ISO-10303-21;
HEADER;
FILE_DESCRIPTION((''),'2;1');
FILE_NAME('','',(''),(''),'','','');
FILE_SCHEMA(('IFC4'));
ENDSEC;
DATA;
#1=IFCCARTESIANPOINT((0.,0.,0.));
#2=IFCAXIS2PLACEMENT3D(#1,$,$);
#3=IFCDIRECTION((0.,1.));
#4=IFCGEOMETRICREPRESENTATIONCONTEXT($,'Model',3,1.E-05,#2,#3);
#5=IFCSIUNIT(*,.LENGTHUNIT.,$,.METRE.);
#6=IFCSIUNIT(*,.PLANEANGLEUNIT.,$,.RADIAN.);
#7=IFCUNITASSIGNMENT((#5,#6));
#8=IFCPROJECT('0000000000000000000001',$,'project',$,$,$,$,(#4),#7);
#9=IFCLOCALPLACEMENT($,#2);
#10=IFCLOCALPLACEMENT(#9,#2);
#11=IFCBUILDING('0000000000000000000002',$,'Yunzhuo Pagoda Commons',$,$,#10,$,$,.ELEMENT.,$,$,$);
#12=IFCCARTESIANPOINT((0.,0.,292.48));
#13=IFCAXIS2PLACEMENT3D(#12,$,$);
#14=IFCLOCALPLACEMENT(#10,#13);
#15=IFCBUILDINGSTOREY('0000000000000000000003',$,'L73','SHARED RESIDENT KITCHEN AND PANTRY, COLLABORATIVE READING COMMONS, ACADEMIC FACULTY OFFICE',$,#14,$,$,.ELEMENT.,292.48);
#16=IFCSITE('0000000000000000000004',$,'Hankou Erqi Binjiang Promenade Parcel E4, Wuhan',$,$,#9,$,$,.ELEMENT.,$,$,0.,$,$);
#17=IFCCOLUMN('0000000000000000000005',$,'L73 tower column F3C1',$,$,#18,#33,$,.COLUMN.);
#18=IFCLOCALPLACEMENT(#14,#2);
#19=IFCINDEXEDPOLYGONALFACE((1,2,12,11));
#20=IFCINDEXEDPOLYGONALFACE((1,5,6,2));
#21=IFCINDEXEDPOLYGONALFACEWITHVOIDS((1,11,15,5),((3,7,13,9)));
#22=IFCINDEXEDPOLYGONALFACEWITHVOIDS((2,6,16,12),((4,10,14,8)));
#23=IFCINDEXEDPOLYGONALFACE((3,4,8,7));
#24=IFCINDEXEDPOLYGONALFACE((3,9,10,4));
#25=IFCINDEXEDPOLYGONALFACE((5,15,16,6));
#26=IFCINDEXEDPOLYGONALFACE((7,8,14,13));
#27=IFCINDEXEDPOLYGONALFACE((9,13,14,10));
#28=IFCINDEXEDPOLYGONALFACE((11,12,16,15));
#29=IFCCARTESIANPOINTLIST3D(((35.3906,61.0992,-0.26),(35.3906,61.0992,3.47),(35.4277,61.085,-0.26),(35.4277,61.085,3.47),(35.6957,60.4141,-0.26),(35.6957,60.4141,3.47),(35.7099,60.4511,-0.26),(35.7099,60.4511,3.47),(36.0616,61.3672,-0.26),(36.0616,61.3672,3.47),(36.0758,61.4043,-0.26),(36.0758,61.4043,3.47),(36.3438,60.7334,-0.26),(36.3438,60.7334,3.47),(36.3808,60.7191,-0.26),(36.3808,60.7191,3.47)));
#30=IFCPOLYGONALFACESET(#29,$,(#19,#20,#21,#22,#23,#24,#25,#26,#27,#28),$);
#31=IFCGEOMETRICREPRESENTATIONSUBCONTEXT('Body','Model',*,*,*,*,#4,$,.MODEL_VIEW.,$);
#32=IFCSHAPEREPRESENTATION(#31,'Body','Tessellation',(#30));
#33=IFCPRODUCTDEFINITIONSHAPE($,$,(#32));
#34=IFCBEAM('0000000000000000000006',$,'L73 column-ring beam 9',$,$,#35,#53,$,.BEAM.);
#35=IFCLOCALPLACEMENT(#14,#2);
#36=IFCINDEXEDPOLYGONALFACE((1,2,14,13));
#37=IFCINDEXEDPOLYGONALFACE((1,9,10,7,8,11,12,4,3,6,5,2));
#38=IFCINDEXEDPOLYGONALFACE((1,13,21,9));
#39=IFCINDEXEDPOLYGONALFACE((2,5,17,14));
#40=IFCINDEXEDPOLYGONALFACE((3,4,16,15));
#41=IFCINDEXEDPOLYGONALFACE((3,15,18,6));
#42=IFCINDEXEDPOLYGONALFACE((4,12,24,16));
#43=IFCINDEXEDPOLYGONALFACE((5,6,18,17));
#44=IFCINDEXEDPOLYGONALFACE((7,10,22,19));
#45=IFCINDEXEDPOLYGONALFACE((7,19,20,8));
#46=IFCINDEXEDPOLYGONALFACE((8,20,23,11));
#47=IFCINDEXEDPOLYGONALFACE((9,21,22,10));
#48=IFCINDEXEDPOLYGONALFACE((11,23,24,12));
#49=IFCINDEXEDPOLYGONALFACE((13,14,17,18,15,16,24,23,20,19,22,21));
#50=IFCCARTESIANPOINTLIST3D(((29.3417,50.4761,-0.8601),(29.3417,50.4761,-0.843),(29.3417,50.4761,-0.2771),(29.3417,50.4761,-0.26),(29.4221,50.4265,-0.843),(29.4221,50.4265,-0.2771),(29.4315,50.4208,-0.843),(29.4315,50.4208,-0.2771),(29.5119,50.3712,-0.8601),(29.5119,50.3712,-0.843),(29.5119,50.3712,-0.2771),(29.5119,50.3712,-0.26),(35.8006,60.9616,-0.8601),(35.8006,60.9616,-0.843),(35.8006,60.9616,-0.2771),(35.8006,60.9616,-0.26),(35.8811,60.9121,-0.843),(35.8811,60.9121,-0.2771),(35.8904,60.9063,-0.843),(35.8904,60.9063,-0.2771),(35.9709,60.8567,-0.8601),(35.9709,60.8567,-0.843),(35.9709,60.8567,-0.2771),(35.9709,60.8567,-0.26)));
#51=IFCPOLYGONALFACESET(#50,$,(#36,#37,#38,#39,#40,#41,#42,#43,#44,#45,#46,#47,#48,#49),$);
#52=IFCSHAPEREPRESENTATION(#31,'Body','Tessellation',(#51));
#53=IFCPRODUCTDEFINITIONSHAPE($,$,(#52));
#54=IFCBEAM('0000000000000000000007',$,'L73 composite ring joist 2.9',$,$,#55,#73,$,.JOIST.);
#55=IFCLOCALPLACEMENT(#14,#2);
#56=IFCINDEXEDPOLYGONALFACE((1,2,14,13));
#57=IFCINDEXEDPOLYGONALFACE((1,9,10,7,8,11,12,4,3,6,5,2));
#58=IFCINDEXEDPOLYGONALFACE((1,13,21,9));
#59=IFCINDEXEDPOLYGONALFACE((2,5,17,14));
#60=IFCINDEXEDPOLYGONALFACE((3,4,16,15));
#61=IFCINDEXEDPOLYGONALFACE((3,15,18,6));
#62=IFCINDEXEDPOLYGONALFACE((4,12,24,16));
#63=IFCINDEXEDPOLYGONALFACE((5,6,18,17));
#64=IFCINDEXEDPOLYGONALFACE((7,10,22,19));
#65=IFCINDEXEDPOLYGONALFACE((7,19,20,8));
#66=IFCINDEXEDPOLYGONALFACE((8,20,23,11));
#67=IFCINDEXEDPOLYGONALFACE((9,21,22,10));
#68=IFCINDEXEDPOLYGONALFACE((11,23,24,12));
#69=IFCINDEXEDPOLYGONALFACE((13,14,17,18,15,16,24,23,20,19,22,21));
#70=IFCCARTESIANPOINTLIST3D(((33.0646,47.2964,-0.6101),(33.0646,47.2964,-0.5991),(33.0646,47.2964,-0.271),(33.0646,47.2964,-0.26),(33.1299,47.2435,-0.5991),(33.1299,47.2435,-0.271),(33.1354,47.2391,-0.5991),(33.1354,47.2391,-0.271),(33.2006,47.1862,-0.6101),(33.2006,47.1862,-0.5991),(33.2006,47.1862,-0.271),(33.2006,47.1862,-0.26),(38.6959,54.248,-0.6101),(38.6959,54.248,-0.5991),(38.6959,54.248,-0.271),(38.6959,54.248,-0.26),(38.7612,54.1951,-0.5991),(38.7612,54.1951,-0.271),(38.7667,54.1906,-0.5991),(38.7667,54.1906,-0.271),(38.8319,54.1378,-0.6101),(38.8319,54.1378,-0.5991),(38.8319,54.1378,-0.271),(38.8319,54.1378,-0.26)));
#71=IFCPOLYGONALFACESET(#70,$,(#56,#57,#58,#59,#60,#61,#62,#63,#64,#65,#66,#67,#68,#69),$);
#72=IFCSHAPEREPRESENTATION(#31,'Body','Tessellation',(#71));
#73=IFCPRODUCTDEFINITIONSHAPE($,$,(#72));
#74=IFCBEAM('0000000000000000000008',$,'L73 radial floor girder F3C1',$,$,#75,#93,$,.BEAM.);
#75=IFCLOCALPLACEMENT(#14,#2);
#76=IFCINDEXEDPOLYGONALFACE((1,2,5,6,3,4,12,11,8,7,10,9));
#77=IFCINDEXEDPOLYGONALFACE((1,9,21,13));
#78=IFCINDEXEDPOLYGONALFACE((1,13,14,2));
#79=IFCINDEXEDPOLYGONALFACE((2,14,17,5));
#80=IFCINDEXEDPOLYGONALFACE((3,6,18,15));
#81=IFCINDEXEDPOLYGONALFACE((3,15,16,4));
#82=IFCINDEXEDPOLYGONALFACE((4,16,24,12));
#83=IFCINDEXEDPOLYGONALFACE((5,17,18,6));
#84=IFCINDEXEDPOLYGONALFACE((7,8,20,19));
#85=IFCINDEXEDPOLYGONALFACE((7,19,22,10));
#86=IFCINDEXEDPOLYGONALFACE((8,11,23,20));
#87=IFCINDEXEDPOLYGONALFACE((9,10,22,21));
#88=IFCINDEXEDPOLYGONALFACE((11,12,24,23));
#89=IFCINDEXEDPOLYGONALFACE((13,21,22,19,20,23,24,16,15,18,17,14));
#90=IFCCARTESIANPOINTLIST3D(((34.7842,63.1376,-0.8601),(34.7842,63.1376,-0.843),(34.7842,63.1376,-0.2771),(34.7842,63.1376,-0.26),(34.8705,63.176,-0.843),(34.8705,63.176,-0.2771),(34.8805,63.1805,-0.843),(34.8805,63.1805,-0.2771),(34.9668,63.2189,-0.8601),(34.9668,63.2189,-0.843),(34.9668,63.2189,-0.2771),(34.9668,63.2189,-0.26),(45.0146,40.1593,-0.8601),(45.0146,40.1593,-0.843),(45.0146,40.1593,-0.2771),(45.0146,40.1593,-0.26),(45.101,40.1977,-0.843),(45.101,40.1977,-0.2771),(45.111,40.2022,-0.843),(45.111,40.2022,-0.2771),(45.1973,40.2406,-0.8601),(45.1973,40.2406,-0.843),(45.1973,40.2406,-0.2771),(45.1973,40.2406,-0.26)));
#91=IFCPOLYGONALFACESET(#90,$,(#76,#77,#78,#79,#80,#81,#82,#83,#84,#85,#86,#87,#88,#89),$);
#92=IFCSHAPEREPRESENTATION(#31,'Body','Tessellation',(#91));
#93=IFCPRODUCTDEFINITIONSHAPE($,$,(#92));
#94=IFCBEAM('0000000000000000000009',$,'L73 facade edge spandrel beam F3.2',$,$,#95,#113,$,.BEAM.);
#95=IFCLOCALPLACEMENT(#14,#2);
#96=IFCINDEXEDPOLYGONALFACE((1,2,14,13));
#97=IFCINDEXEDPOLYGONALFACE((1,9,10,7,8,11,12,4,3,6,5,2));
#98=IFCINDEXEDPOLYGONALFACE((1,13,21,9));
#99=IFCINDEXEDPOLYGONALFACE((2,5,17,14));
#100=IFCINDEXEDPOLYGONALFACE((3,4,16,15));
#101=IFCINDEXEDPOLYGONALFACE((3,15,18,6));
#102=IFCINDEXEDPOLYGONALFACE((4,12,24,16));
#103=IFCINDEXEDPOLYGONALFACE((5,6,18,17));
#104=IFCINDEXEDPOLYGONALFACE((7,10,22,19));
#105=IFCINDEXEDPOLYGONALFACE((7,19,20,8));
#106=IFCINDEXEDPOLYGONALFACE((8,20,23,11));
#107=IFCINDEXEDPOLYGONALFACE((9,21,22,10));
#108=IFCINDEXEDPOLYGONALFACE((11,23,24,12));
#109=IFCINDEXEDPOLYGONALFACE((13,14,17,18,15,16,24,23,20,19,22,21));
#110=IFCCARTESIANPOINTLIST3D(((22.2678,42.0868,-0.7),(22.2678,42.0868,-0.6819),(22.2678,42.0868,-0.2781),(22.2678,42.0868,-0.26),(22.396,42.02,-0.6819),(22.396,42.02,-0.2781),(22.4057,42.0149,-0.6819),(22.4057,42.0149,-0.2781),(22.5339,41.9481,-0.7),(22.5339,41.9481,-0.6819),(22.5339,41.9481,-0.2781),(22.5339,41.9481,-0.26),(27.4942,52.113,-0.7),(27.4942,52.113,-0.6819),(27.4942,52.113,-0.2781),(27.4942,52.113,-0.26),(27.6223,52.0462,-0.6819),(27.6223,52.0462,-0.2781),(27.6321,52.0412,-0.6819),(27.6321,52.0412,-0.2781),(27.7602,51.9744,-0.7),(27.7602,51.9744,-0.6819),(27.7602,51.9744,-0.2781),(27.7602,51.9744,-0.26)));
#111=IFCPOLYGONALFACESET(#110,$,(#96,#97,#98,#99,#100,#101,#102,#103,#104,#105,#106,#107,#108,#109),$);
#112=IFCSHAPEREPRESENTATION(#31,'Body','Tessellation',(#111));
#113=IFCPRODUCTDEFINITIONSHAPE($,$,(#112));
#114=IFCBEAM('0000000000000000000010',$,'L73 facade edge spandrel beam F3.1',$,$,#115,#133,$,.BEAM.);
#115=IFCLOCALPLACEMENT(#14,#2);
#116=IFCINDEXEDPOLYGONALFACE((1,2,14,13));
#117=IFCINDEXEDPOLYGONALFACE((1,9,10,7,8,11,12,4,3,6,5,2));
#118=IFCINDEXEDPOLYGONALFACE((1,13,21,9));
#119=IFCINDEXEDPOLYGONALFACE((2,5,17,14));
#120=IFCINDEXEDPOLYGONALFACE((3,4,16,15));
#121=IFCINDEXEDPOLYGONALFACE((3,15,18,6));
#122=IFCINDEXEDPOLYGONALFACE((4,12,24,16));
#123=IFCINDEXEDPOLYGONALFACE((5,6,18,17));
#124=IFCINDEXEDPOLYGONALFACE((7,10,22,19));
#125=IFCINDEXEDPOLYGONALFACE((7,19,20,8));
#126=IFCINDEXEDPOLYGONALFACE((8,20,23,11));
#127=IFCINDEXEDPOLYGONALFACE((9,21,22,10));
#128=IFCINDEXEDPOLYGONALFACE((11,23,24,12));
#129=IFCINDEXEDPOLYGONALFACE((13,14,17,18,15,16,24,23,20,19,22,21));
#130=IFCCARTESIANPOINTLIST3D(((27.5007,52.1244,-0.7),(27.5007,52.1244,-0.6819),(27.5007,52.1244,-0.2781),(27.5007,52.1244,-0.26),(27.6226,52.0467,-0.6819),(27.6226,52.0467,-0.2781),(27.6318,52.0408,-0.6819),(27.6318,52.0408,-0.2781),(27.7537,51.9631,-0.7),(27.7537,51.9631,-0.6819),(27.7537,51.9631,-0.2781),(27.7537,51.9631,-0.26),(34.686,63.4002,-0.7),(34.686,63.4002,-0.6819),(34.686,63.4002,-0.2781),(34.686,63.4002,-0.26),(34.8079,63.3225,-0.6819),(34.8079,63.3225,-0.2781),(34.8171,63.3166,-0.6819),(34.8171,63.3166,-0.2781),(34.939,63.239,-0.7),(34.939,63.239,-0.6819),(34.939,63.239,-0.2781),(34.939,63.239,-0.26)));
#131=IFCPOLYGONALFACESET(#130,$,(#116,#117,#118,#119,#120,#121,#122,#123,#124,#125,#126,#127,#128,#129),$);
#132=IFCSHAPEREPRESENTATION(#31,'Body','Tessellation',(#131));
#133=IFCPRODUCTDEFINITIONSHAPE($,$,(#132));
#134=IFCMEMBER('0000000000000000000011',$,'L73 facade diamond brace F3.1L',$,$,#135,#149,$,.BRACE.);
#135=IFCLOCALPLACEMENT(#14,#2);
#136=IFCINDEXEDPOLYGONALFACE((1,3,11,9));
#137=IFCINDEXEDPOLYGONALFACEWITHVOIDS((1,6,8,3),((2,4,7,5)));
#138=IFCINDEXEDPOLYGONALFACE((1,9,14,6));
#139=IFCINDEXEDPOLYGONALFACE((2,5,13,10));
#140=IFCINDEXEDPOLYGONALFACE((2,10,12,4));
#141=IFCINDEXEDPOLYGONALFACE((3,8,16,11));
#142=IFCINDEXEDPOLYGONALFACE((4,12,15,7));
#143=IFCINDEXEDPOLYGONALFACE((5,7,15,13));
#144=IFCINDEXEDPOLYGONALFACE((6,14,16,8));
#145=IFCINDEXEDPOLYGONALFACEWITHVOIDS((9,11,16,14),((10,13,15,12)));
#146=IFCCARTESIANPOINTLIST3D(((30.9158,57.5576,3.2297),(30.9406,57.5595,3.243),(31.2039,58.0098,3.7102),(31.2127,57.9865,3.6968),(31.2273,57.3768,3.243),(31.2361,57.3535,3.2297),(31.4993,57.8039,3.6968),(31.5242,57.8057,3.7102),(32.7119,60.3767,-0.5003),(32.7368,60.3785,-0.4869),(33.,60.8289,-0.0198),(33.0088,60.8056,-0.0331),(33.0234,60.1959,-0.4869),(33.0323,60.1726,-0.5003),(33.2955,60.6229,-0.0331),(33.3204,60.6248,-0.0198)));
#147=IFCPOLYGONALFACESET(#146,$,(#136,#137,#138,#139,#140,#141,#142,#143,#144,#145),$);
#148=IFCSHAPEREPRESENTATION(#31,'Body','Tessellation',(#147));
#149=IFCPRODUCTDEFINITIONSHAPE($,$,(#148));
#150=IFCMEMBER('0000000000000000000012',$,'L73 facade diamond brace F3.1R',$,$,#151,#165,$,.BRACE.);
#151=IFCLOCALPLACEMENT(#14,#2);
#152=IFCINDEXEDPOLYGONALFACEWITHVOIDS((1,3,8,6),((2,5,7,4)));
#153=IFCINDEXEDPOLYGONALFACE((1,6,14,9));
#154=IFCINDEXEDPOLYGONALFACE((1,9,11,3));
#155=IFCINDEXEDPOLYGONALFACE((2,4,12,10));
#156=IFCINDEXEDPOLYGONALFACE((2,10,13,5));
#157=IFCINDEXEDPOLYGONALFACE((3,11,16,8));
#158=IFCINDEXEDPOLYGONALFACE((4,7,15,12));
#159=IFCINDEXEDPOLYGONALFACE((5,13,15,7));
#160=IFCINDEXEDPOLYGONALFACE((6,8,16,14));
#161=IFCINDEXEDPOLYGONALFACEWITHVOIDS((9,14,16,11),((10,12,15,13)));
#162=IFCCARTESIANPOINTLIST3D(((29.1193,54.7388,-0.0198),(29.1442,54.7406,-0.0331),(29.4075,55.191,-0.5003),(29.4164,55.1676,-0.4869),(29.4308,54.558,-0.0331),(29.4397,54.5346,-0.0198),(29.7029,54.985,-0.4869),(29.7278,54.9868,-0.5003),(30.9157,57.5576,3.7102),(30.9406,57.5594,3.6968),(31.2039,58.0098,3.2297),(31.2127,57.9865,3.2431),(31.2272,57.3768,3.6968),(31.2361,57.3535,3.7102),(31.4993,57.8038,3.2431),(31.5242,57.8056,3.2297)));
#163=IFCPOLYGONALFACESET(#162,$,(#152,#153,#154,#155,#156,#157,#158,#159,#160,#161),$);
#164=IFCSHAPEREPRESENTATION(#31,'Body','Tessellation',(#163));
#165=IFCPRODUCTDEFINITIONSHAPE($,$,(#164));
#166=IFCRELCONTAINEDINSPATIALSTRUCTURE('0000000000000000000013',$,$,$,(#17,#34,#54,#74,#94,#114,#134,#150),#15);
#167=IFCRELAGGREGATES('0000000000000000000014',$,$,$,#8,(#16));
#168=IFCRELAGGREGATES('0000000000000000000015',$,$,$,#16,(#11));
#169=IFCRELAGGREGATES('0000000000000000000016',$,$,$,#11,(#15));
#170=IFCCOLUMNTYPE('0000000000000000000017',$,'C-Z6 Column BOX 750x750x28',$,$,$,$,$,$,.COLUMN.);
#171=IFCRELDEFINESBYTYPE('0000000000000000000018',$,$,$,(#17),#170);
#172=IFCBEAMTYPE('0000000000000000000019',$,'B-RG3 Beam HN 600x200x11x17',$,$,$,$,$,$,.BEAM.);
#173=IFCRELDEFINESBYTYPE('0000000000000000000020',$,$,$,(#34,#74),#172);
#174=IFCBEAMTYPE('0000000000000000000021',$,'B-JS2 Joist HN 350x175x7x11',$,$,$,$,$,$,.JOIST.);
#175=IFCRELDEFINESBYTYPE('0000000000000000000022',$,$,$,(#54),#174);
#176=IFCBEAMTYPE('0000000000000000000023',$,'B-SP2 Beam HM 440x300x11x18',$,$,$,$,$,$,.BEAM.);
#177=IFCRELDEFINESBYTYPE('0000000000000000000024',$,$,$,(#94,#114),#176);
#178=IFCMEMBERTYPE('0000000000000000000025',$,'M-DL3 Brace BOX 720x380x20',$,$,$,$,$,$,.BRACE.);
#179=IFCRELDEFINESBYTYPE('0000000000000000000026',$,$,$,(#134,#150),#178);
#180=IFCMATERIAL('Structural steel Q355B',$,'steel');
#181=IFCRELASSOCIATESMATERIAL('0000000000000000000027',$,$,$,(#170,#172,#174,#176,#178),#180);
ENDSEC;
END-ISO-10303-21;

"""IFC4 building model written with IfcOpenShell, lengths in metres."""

from ifc_helpers import new_model, si_unit, direction, frame, origin, origin_2d, place, context, subcontext, project, spatial, hollow_rectangle, i_section, extrude, source, transform, mapped, material, material_profile, profile_set, type_object, element, save


model = new_model("IFC4")

# Units and contexts
model_context = context("Model", 3, precision=1e-05, world=origin(), true_north=direction((0.0, 1.0)))
body_context = subcontext(model_context, "Body", "Model", "MODEL_VIEW")
ifc_project = project(units=[si_unit("LENGTHUNIT", "METRE"), si_unit("PLANEANGLEUNIT", "RADIAN")], contexts=[model_context])

# Site, building, storey
site_placement = place(None, origin())
site = spatial("IfcSite", under=ifc_project, at=site_placement, Name="Hankou Erqi Binjiang Promenade Parcel E4, Wuhan", CompositionType="ELEMENT", RefElevation=0.0)
building_placement = place(site_placement, origin())
building = spatial("IfcBuilding", under=site, at=building_placement, Name="Yunzhuo Pagoda Commons", CompositionType="ELEMENT")
storey_placement = place(building_placement, frame((0.0, 0.0, 292.48)))
storey = spatial("IfcBuildingStorey", under=building, at=storey_placement, Name="L73", Description="SHARED RESIDENT KITCHEN AND PANTRY, COLLABORATIVE READING COMMONS, ACADEMIC FACULTY OFFICE", CompositionType="ELEMENT", Elevation=292.48)

# Column
ifc_material_1 = material(Name="Structural steel Q355B", Category="steel")
ifc_material_profile_1 = material_profile(ifc_material_1, hollow_rectangle(XDim=0.75, YDim=0.75, WallThickness=0.0281, at=origin_2d()), Name="Structural steel Q355B")
ifc_profile_set_1 = profile_set([ifc_material_profile_1], Name="Structural steel Q355B")
column_type = type_object("IfcColumnType", Name="C-Z6 Column BOX 750x750x28", PredefinedType="COLUMN", material=ifc_profile_set_1)
shared_shape_1 = source(origin(), body_context, "Body", "SweptSolid", [
    extrude(hollow_rectangle(XDim=0.75, YDim=0.75, WallThickness=0.0281, at=origin_2d()), origin(), (0.0, 0.0, 1.0), 3.73),
])
column_placement = place(storey_placement, frame((35.8857, 60.9092, -0.26), z_axis=(0.0, 0.0, 1.0), x_axis=(-0.913545, -0.406737, 0.0)))
element("IfcColumn", 1, at=column_placement, inside=storey, type_object=column_type, Name="L73 tower column F3C1", PredefinedType="COLUMN", context=body_context, shape_type="MappedRepresentation", body=[
    mapped(shared_shape_1, transform((0.0, 0.0, 0.0), scale=1.0)),
])

# Beams
ifc_material_profile_2 = material_profile(ifc_material_1, i_section(OverallWidth=0.2, OverallDepth=0.6001, WebThickness=0.011, FlangeThickness=0.0171, at=origin_2d()), Name="Structural steel Q355B")
ifc_profile_set_2 = profile_set([ifc_material_profile_2], Name="Structural steel Q355B")
beam_type_1 = type_object("IfcBeamType", Name="B-RG3 Beam HN 600x200x11x17", PredefinedType="BEAM", material=ifc_profile_set_2)
shared_shape_2 = source(origin(), body_context, "Body", "SweptSolid", [
    extrude(i_section(OverallWidth=0.2, OverallDepth=0.6001, WebThickness=0.011, FlangeThickness=0.0171, at=origin_2d()), origin(), (0.0, 0.0, 1.0), 12.3152),
])
beam_1_placement = place(storey_placement, frame((35.8857, 60.9092, -0.5601), z_axis=(-0.524469, -0.85143, 0.0), x_axis=(0.85143, -0.524469, 0.0)))
element("IfcBeam", 2, at=beam_1_placement, inside=storey, type_object=beam_type_1, Name="L73 column-ring beam 9", PredefinedType="BEAM", context=body_context, shape_type="MappedRepresentation", body=[
    mapped(shared_shape_2, transform((0.0, 0.0, 0.0), scale=1.0)),
])
ifc_material_profile_3 = material_profile(ifc_material_1, i_section(OverallWidth=0.175, OverallDepth=0.3501, WebThickness=0.0071, FlangeThickness=0.011, at=origin_2d()), Name="Structural steel Q355B")
ifc_profile_set_3 = profile_set([ifc_material_profile_3], Name="Structural steel Q355B")
beam_type_2 = type_object("IfcBeamType", Name="B-JS2 Joist HN 350x175x7x11", PredefinedType="JOIST", material=ifc_profile_set_3)
shared_shape_3 = source(origin(), body_context, "Body", "SweptSolid", [
    extrude(i_section(OverallWidth=0.175, OverallDepth=0.3501, WebThickness=0.0071, FlangeThickness=0.011, at=origin_2d()), origin(), (0.0, 0.0, 1.0), 8.9463),
])
beam_2_placement = place(storey_placement, frame((38.7639, 54.1929, -0.4351), z_axis=(-0.629456, -0.777036, 0.0), x_axis=(0.777036, -0.629456, 0.0)))
element("IfcBeam", 3, at=beam_2_placement, inside=storey, type_object=beam_type_2, Name="L73 composite ring joist 2.9", PredefinedType="JOIST", context=body_context, shape_type="MappedRepresentation", body=[
    mapped(shared_shape_3, transform((0.0, 0.0, 0.0), scale=1.0)),
])
shared_shape_4 = source(origin(), body_context, "Body", "SweptSolid", [
    extrude(i_section(OverallWidth=0.2, OverallDepth=0.6001, WebThickness=0.011, FlangeThickness=0.0171, at=origin_2d()), origin(), (0.0, 0.0, 1.0), 25.1528),
])
beam_3_placement = place(storey_placement, frame((34.8755, 63.1782, -0.5601), z_axis=(0.406733, -0.913547, 0.0), x_axis=(0.913547, 0.406733, 0.0)))
element("IfcBeam", 4, at=beam_3_placement, inside=storey, type_object=beam_type_1, Name="L73 radial floor girder F3C1", PredefinedType="BEAM", context=body_context, shape_type="MappedRepresentation", body=[
    mapped(shared_shape_4, transform((0.0, 0.0, 0.0), scale=1.0)),
])
ifc_material_profile_4 = material_profile(ifc_material_1, i_section(OverallWidth=0.3, OverallDepth=0.4399, WebThickness=0.011, FlangeThickness=0.0181, at=origin_2d()), Name="Structural steel Q355B")
ifc_profile_set_4 = profile_set([ifc_material_profile_4], Name="Structural steel Q355B")
beam_type_3 = type_object("IfcBeamType", Name="B-SP2 Beam HM 440x300x11x18", PredefinedType="BEAM", material=ifc_profile_set_4)
shared_shape_5 = source(origin(), body_context, "Body", "SweptSolid", [
    extrude(i_section(OverallWidth=0.3, OverallDepth=0.4399, WebThickness=0.011, FlangeThickness=0.0181, at=origin_2d()), origin(), (0.0, 0.0, 1.0), 11.3066),
])
beam_4_placement = place(storey_placement, frame((27.6272, 52.0437, -0.48), z_axis=(-0.462239, -0.886755, 0.0), x_axis=(0.886755, -0.462239, 0.0)))
element("IfcBeam", 5, at=beam_4_placement, inside=storey, type_object=beam_type_3, Name="L73 facade edge spandrel beam F3.2", PredefinedType="BEAM", context=body_context, shape_type="MappedRepresentation", body=[
    mapped(shared_shape_5, transform((0.0, 0.0, 0.0), scale=1.0)),
])
shared_shape_6 = source(origin(), body_context, "Body", "SweptSolid", [
    extrude(i_section(OverallWidth=0.3, OverallDepth=0.4399, WebThickness=0.011, FlangeThickness=0.0181, at=origin_2d()), origin(), (0.0, 0.0, 1.0), 13.3706),
])
beam_5_placement = place(storey_placement, frame((34.8125, 63.3196, -0.48), z_axis=(-0.537394, -0.843331, 0.0), x_axis=(0.843331, -0.537394, 0.0)))
element("IfcBeam", 6, at=beam_5_placement, inside=storey, type_object=beam_type_3, Name="L73 facade edge spandrel beam F3.1", PredefinedType="BEAM", context=body_context, shape_type="MappedRepresentation", body=[
    mapped(shared_shape_6, transform((0.0, 0.0, 0.0), scale=1.0)),
])

# Members
ifc_material_profile_5 = material_profile(ifc_material_1, hollow_rectangle(XDim=0.3799, YDim=0.72, WallThickness=0.02, at=origin_2d()), Name="Structural steel Q355B")
ifc_profile_set_5 = profile_set([ifc_material_profile_5], Name="Structural steel Q355B")
member_type_1 = type_object("IfcMemberType", Name="M-DL3 Brace BOX 720x380x20", PredefinedType="BRACE", material=ifc_profile_set_5)
shared_shape_7 = source(origin(), body_context, "Body", "SweptSolid", [
    extrude(hollow_rectangle(XDim=0.3799, YDim=0.72, WallThickness=0.02, at=origin_2d()), origin(), (0.0, 0.0, 1.0), 5.0085),
])
for number, where, z_axis, x_axis, name in (
    (7, (33.0161, 60.5007, -0.26), (-0.358611, -0.562849, 0.744714), (0.843367, -0.537339, 0.0), "L73 facade diamond brace F3.1L"),
    (8, (29.4236, 54.8628, -0.26), (0.358663, 0.562806, 0.744721), (-0.843312, 0.537424, 0.0), "L73 facade diamond brace F3.1R"),
):
    element("IfcMember", number, at=place(storey_placement, frame(where, z_axis=z_axis, x_axis=x_axis)), inside=storey, type_object=member_type_1, Name=name, PredefinedType="BRACE", context=body_context, shape_type="MappedRepresentation", body=[
        mapped(shared_shape_7, transform((0.0, 0.0, 0.0), scale=1.0)),
    ])

save(model, "model.ifc")
